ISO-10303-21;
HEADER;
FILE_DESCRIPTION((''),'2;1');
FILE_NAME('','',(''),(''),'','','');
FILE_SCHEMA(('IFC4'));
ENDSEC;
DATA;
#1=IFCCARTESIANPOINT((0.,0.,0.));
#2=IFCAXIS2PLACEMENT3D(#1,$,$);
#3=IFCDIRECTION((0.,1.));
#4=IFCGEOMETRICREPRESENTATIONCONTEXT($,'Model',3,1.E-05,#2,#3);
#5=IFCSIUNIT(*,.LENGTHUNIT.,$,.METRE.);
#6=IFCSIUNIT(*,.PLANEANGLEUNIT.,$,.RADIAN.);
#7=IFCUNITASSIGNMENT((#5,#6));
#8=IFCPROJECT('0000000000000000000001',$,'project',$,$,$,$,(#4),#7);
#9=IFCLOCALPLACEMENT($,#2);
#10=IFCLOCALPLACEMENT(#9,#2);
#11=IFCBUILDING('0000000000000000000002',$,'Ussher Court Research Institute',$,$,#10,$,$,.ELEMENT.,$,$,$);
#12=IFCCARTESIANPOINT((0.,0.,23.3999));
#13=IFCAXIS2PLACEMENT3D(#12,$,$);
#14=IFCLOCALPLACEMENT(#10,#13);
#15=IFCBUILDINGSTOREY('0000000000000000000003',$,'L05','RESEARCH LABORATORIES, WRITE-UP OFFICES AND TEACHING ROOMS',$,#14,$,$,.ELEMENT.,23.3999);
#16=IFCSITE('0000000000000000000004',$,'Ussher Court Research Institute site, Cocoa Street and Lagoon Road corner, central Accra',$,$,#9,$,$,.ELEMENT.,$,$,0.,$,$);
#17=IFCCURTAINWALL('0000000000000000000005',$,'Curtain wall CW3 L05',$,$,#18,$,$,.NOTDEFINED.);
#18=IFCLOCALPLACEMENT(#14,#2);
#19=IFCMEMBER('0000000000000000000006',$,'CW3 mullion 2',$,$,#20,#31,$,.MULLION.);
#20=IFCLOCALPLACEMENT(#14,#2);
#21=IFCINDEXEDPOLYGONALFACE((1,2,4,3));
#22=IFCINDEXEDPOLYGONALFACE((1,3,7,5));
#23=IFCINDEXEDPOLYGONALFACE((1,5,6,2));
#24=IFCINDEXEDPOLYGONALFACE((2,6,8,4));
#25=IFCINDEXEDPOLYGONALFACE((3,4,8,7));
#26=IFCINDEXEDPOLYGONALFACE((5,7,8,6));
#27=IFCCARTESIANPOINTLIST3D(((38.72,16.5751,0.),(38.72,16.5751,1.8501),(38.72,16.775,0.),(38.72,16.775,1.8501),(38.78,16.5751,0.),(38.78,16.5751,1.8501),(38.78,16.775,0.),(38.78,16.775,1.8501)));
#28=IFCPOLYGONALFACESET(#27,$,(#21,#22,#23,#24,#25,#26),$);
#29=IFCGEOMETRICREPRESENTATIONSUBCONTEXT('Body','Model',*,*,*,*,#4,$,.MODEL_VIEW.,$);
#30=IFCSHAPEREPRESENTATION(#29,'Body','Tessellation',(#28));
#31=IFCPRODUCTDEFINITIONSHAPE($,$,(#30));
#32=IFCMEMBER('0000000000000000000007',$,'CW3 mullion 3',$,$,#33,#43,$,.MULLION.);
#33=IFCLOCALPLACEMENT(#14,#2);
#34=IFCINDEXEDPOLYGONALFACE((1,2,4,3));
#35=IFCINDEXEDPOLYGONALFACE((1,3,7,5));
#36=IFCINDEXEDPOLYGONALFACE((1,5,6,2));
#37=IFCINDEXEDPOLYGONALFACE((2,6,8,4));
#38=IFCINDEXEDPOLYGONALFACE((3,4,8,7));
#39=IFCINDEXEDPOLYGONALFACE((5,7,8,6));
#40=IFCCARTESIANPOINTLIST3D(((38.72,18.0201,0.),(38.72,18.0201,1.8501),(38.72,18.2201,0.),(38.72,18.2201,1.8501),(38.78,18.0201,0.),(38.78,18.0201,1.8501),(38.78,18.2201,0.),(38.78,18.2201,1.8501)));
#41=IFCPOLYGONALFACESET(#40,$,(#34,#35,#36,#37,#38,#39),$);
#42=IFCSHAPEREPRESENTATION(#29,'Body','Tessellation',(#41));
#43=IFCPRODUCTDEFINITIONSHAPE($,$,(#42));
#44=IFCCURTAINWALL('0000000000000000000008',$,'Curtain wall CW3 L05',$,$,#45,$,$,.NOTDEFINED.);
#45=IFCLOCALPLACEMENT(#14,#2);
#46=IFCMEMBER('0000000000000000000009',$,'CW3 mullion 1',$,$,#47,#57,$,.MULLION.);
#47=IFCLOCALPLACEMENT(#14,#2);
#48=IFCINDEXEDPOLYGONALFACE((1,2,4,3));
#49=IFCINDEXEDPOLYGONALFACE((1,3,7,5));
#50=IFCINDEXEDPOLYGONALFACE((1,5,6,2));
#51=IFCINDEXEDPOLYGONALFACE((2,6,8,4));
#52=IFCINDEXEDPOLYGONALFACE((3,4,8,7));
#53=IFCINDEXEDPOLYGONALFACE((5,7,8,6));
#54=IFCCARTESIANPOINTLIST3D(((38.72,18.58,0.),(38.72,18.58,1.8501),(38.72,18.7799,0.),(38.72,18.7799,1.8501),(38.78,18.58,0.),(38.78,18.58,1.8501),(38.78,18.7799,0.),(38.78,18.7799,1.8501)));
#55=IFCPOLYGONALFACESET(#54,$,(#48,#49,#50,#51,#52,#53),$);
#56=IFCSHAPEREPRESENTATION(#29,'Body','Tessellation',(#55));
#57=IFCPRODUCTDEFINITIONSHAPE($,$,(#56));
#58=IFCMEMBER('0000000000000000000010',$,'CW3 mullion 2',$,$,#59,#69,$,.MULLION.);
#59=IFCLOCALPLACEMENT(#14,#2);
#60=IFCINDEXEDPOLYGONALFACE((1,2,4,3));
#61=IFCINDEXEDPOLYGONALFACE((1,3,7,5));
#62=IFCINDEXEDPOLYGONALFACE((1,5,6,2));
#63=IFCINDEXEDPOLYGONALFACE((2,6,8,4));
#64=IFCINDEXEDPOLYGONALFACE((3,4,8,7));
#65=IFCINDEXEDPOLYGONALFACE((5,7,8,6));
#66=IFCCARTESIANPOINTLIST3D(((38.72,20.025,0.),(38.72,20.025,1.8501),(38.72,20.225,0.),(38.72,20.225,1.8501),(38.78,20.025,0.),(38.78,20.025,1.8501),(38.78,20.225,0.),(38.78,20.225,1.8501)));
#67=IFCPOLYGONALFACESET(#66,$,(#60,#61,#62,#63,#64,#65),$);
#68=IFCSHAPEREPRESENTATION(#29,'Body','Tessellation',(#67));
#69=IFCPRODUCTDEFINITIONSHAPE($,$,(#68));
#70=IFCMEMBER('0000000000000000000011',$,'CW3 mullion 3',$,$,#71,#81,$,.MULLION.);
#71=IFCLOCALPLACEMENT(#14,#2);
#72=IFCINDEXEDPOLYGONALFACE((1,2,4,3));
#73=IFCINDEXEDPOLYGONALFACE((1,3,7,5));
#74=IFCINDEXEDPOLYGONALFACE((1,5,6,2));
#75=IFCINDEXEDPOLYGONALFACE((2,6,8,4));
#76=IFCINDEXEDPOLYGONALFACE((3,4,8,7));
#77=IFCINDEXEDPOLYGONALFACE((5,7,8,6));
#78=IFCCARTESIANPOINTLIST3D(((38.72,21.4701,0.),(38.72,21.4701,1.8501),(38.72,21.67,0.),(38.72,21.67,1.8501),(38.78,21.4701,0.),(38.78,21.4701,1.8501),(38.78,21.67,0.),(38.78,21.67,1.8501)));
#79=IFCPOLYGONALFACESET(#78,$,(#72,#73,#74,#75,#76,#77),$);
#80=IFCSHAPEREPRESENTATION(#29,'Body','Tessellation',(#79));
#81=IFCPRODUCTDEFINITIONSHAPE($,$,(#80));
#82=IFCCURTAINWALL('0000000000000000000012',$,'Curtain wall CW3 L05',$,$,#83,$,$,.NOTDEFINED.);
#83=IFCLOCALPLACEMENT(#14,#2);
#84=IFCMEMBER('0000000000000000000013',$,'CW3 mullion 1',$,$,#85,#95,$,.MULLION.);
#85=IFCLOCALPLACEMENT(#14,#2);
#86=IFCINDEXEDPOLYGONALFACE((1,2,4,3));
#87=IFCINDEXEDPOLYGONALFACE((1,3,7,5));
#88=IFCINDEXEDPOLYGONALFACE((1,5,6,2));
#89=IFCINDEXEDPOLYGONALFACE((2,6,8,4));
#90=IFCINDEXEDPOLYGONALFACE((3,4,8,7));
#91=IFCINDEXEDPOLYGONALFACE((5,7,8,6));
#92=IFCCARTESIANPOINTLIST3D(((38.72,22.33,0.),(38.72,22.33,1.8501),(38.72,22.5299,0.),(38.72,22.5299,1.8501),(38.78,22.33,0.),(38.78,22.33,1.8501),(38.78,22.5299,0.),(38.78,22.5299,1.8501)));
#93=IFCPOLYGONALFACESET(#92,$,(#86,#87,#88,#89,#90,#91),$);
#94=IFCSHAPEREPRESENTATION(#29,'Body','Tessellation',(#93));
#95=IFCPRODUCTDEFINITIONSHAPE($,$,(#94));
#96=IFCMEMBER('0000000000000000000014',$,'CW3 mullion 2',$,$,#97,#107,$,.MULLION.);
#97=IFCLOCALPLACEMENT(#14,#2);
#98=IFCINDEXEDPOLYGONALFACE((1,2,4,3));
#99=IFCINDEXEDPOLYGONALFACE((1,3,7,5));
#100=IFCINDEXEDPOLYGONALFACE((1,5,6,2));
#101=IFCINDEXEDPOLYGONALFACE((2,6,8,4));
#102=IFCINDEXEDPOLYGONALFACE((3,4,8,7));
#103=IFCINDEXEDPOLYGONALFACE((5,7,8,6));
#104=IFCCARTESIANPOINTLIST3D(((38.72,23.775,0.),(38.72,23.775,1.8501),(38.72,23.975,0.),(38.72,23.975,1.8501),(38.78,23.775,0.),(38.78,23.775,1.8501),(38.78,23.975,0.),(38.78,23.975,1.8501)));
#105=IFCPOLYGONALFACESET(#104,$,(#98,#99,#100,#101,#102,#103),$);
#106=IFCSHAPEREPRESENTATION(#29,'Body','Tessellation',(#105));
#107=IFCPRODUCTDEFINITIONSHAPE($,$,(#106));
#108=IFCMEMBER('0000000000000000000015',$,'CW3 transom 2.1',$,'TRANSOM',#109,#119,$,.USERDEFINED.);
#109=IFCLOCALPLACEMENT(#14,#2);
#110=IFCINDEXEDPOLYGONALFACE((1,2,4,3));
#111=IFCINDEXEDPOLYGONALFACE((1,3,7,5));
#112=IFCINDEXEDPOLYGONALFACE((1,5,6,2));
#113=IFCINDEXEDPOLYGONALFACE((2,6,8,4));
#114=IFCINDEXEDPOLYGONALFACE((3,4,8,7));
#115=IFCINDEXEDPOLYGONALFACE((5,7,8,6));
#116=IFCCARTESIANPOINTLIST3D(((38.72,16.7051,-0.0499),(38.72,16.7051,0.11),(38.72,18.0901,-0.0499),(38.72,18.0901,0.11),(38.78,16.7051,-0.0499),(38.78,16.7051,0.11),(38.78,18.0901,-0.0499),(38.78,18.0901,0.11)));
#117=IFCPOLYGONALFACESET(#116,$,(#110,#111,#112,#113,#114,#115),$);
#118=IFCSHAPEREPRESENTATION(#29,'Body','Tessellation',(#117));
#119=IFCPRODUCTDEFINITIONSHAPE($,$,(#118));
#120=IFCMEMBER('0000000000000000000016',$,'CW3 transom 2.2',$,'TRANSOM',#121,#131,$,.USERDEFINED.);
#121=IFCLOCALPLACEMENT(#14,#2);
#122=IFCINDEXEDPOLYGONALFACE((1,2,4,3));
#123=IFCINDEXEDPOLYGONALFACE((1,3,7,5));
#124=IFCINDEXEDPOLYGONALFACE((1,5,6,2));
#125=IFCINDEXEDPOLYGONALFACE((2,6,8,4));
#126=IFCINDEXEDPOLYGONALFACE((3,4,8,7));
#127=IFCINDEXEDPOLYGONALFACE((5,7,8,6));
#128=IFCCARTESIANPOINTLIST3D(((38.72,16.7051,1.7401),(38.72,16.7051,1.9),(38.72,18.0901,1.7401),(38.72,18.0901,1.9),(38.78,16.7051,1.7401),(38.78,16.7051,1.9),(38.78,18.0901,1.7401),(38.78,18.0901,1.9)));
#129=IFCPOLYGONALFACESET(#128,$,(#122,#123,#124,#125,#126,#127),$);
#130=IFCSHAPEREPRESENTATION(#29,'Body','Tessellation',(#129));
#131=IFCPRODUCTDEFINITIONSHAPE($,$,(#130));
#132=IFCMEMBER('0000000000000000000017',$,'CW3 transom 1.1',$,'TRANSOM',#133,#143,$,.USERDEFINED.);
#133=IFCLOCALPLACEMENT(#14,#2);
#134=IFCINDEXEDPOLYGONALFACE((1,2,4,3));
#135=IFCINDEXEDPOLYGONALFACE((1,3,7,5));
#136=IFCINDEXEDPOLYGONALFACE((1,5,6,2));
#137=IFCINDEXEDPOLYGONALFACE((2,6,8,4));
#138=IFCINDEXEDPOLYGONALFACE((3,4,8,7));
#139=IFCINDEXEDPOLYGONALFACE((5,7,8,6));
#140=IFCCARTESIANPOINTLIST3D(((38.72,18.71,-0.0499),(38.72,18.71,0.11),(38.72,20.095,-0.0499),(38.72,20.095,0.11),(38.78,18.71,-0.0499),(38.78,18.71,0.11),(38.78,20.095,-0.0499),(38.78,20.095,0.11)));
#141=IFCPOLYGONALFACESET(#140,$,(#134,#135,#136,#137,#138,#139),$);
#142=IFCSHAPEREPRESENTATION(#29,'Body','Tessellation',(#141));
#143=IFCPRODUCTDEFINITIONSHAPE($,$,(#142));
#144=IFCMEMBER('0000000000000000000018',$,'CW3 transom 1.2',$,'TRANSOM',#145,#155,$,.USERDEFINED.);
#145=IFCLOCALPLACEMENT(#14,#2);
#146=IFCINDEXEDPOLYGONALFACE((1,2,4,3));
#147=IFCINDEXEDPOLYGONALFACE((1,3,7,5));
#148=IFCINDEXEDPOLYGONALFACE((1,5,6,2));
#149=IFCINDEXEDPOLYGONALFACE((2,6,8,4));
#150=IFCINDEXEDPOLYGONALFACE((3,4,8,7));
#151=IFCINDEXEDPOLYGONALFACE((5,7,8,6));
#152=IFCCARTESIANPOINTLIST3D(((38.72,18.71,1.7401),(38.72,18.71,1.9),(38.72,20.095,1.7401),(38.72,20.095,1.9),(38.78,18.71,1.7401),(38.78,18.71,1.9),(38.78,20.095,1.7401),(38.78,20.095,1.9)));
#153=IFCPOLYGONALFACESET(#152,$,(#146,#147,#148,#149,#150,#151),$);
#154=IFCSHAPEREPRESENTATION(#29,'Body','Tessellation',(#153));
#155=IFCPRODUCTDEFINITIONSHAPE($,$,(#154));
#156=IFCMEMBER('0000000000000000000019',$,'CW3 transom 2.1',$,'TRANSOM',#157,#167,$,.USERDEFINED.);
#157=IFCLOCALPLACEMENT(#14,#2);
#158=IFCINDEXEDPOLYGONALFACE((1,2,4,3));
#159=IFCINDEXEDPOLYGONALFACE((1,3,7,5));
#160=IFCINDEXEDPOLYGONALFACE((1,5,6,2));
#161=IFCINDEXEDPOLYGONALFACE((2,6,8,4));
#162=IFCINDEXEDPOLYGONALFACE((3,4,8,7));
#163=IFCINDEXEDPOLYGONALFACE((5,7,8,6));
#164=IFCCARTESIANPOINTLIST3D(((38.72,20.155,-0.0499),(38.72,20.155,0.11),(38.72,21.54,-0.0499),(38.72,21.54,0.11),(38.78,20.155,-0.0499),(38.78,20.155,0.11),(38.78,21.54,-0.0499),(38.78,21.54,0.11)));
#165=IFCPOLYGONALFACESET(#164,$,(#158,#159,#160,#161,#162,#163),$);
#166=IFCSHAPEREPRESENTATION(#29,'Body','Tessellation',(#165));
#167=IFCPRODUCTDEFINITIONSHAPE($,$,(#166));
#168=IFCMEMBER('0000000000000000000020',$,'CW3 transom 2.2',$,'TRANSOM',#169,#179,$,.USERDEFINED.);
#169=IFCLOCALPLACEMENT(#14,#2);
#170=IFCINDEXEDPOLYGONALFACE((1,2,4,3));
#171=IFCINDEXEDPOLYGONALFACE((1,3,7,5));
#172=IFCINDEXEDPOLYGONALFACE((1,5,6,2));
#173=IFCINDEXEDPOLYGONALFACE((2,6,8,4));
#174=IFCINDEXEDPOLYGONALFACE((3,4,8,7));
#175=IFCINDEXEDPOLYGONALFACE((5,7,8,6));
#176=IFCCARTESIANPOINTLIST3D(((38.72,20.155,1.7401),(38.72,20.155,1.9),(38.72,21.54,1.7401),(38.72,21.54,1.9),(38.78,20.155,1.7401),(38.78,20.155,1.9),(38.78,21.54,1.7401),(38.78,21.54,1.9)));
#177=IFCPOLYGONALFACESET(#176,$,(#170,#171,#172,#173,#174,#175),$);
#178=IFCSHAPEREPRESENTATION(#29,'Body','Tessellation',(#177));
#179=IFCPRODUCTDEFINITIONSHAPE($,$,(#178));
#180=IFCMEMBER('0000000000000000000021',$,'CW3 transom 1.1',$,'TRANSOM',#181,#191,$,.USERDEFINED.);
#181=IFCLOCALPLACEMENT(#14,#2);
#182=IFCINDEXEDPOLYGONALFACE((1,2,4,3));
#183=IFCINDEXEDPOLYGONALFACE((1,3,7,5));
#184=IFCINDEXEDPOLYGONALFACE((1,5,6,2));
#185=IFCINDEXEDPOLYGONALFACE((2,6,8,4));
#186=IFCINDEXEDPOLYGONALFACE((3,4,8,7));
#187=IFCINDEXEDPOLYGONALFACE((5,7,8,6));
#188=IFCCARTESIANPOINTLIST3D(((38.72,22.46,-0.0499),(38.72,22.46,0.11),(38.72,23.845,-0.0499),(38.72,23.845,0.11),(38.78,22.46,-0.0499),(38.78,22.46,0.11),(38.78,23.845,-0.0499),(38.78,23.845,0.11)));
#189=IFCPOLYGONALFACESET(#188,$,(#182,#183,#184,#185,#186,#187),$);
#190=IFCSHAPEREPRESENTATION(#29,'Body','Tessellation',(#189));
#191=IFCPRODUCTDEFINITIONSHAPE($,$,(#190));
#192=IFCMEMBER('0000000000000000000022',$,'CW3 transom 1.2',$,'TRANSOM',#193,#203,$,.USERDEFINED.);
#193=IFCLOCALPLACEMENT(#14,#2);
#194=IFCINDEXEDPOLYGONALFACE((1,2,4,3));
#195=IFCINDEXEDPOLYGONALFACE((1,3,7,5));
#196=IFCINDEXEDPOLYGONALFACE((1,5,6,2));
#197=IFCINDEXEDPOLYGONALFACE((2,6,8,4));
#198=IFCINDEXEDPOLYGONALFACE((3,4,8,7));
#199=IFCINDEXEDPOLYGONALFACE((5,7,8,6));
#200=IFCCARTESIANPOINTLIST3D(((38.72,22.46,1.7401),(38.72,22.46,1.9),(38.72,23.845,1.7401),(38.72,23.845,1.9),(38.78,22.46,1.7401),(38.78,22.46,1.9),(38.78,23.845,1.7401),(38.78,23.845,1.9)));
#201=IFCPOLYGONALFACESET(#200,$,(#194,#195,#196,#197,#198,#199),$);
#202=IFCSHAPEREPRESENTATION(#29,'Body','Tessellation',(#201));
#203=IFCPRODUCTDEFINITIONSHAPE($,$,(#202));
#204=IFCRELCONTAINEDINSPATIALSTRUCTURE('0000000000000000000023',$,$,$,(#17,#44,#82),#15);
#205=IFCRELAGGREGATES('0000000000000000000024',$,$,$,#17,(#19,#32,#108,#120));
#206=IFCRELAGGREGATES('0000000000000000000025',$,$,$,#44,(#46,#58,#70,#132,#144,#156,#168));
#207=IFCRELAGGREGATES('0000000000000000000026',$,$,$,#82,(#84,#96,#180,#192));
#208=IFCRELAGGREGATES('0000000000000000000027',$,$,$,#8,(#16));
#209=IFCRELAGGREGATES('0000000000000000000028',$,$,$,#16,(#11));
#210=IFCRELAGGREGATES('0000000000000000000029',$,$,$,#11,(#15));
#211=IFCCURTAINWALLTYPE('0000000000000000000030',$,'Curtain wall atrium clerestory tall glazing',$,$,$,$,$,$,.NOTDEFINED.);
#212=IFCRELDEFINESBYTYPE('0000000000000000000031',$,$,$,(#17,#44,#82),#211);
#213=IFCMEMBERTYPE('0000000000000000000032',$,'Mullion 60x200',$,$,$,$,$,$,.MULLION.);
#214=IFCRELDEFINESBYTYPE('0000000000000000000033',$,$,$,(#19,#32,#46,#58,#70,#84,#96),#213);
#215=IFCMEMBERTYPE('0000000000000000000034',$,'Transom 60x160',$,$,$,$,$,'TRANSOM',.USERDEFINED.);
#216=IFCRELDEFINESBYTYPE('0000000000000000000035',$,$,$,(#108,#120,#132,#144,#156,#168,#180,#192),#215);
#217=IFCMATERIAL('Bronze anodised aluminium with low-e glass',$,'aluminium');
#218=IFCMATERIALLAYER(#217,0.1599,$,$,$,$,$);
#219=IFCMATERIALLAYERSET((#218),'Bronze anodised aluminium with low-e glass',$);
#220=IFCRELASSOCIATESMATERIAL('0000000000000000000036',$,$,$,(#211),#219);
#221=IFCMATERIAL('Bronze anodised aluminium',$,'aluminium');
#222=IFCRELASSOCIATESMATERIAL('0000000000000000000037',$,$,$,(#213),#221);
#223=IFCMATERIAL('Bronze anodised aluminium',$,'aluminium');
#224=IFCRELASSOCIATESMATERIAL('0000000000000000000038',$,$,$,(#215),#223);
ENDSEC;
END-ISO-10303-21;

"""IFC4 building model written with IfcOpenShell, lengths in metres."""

from ifc_helpers import new_model, si_unit, direction, frame, origin, origin_2d, place, context, subcontext, project, spatial, rectangle, extrude, material, layer, layer_set, material_profile, profile_set, type_object, element, aggregate, save


model = new_model("IFC4")

# Units and contexts
model_context = context("Model", 3, precision=1e-05, world=origin(), true_north=direction((0.0, 1.0)))
body_context = subcontext(model_context, "Body", "Model", "MODEL_VIEW")
ifc_project = project(units=[si_unit("LENGTHUNIT", "METRE"), si_unit("PLANEANGLEUNIT", "RADIAN")], contexts=[model_context])

# Site, building, storey
site_placement = place(None, origin())
site = spatial("IfcSite", under=ifc_project, at=site_placement, Name="Ussher Court Research Institute site, Cocoa Street and Lagoon Road corner, central Accra", CompositionType="ELEMENT", RefElevation=0.0)
building_placement = place(site_placement, origin())
building = spatial("IfcBuilding", under=site, at=building_placement, Name="Ussher Court Research Institute", CompositionType="ELEMENT")
storey_placement = place(building_placement, frame((0.0, 0.0, 23.3999)))
storey = spatial("IfcBuildingStorey", under=building, at=storey_placement, Name="L05", Description="RESEARCH LABORATORIES, WRITE-UP OFFICES AND TEACHING ROOMS", CompositionType="ELEMENT", Elevation=23.3999)

# Curtain walls, members
ifc_material_1 = material(Name="Bronze anodised aluminium with low-e glass", Category="aluminium")
ifc_layer_1 = layer(ifc_material_1, 0.1599)
ifc_layer_set_1 = layer_set([ifc_layer_1], Name="Bronze anodised aluminium with low-e glass")
curtain_wall_type = type_object("IfcCurtainWallType", Name="Curtain wall atrium clerestory tall glazing", PredefinedType="NOTDEFINED", material=ifc_layer_set_1)
curtain_wall_1_placement = place(storey_placement, origin())
curtain_wall_1 = element("IfcCurtainWall", 1, at=curtain_wall_1_placement, inside=storey, type_object=curtain_wall_type, Name="Curtain wall CW3 L05", PredefinedType="NOTDEFINED")
ifc_material_2 = material(Name="Bronze anodised aluminium", Category="aluminium")
ifc_material_profile_1 = material_profile(ifc_material_2, rectangle(XDim=0.0601, YDim=0.2, at=origin_2d()), Name="Mullion 60x200")
ifc_profile_set_1 = profile_set([ifc_material_profile_1], Name="Bronze anodised aluminium")
member_type_1 = type_object("IfcMemberType", Name="Mullion 60x200", PredefinedType="MULLION", material=ifc_profile_set_1)
member_1_placement = place(storey_placement, frame((38.75, 16.675, 0.0), z_axis=(0.0, 0.0, 1.0), x_axis=(-1.0, 0.0, 0.0)))
member_1 = element("IfcMember", 2, at=member_1_placement, type_object=member_type_1, Name="CW3 mullion 2", PredefinedType="MULLION", context=body_context, shape_type="SweptSolid", body=[
    extrude(rectangle(XDim=0.0601, YDim=0.2, at=origin_2d()), origin(), (0.0, 0.0, 1.0), 1.8501),
])
member_2_placement = place(storey_placement, frame((38.75, 18.1201, 0.0), z_axis=(0.0, 0.0, 1.0), x_axis=(-1.0, 0.0, 0.0)))
member_2 = element("IfcMember", 3, at=member_2_placement, type_object=member_type_1, Name="CW3 mullion 3", PredefinedType="MULLION", context=body_context, shape_type="SweptSolid", body=[
    extrude(rectangle(XDim=0.0601, YDim=0.2, at=origin_2d()), origin(), (0.0, 0.0, 1.0), 1.8501),
])
curtain_wall_2_placement = place(storey_placement, origin())
curtain_wall_2 = element("IfcCurtainWall", 4, at=curtain_wall_2_placement, inside=storey, type_object=curtain_wall_type, Name="Curtain wall CW3 L05", PredefinedType="NOTDEFINED")
member_3_placement = place(storey_placement, frame((38.75, 18.6799, 0.0), z_axis=(0.0, 0.0, 1.0), x_axis=(-1.0, 0.0, 0.0)))
member_3 = element("IfcMember", 5, at=member_3_placement, type_object=member_type_1, Name="CW3 mullion 1", PredefinedType="MULLION", context=body_context, shape_type="SweptSolid", body=[
    extrude(rectangle(XDim=0.0601, YDim=0.2, at=origin_2d()), origin(), (0.0, 0.0, 1.0), 1.8501),
])
member_4_placement = place(storey_placement, frame((38.75, 20.125, 0.0), z_axis=(0.0, 0.0, 1.0), x_axis=(-1.0, 0.0, 0.0)))
member_4 = element("IfcMember", 6, at=member_4_placement, type_object=member_type_1, Name="CW3 mullion 2", PredefinedType="MULLION", context=body_context, shape_type="SweptSolid", body=[
    extrude(rectangle(XDim=0.0601, YDim=0.2, at=origin_2d()), origin(), (0.0, 0.0, 1.0), 1.8501),
])
member_5_placement = place(storey_placement, frame((38.75, 21.5701, 0.0), z_axis=(0.0, 0.0, 1.0), x_axis=(-1.0, 0.0, 0.0)))
member_5 = element("IfcMember", 7, at=member_5_placement, type_object=member_type_1, Name="CW3 mullion 3", PredefinedType="MULLION", context=body_context, shape_type="SweptSolid", body=[
    extrude(rectangle(XDim=0.0601, YDim=0.2, at=origin_2d()), origin(), (0.0, 0.0, 1.0), 1.8501),
])
curtain_wall_3_placement = place(storey_placement, origin())
curtain_wall_3 = element("IfcCurtainWall", 8, at=curtain_wall_3_placement, inside=storey, type_object=curtain_wall_type, Name="Curtain wall CW3 L05", PredefinedType="NOTDEFINED")
member_6_placement = place(storey_placement, frame((38.75, 22.4299, 0.0), z_axis=(0.0, 0.0, 1.0), x_axis=(-1.0, 0.0, 0.0)))
member_6 = element("IfcMember", 9, at=member_6_placement, type_object=member_type_1, Name="CW3 mullion 1", PredefinedType="MULLION", context=body_context, shape_type="SweptSolid", body=[
    extrude(rectangle(XDim=0.0601, YDim=0.2, at=origin_2d()), origin(), (0.0, 0.0, 1.0), 1.8501),
])
member_7_placement = place(storey_placement, frame((38.75, 23.875, 0.0), z_axis=(0.0, 0.0, 1.0), x_axis=(-1.0, 0.0, 0.0)))
member_7 = element("IfcMember", 10, at=member_7_placement, type_object=member_type_1, Name="CW3 mullion 2", PredefinedType="MULLION", context=body_context, shape_type="SweptSolid", body=[
    extrude(rectangle(XDim=0.0601, YDim=0.2, at=origin_2d()), origin(), (0.0, 0.0, 1.0), 1.8501),
])

# Members
ifc_material_3 = material(Name="Bronze anodised aluminium", Category="aluminium")
ifc_material_profile_2 = material_profile(ifc_material_3, rectangle(XDim=0.0601, YDim=0.1599, at=origin_2d()), Name="Transom 60x160")
ifc_profile_set_2 = profile_set([ifc_material_profile_2], Name="Bronze anodised aluminium")
member_type_2 = type_object("IfcMemberType", Name="Transom 60x160", ElementType="TRANSOM", PredefinedType="USERDEFINED", material=ifc_profile_set_2)
member_8_placement = place(storey_placement, frame((38.75, 16.7051, 0.03), z_axis=(0.0, 1.0, 0.0), x_axis=(-1.0, 0.0, 0.0)))
member_8 = element("IfcMember", 11, at=member_8_placement, type_object=member_type_2, Name="CW3 transom 2.1", ObjectType="TRANSOM", PredefinedType="USERDEFINED", context=body_context, shape_type="SweptSolid", body=[
    extrude(rectangle(XDim=0.0601, YDim=0.1599, at=origin_2d()), origin(), (0.0, 0.0, 1.0), 1.385),
])
member_9_placement = place(storey_placement, frame((38.75, 16.7051, 1.8201), z_axis=(0.0, 1.0, 0.0), x_axis=(-1.0, 0.0, 0.0)))
member_9 = element("IfcMember", 12, at=member_9_placement, type_object=member_type_2, Name="CW3 transom 2.2", ObjectType="TRANSOM", PredefinedType="USERDEFINED", context=body_context, shape_type="SweptSolid", body=[
    extrude(rectangle(XDim=0.0601, YDim=0.1599, at=origin_2d()), origin(), (0.0, 0.0, 1.0), 1.385),
])
member_10_placement = place(storey_placement, frame((38.75, 18.71, 0.03), z_axis=(0.0, 1.0, 0.0), x_axis=(-1.0, 0.0, 0.0)))
member_10 = element("IfcMember", 13, at=member_10_placement, type_object=member_type_2, Name="CW3 transom 1.1", ObjectType="TRANSOM", PredefinedType="USERDEFINED", context=body_context, shape_type="SweptSolid", body=[
    extrude(rectangle(XDim=0.0601, YDim=0.1599, at=origin_2d()), origin(), (0.0, 0.0, 1.0), 1.385),
])
member_11_placement = place(storey_placement, frame((38.75, 18.71, 1.8201), z_axis=(0.0, 1.0, 0.0), x_axis=(-1.0, 0.0, 0.0)))
member_11 = element("IfcMember", 14, at=member_11_placement, type_object=member_type_2, Name="CW3 transom 1.2", ObjectType="TRANSOM", PredefinedType="USERDEFINED", context=body_context, shape_type="SweptSolid", body=[
    extrude(rectangle(XDim=0.0601, YDim=0.1599, at=origin_2d()), origin(), (0.0, 0.0, 1.0), 1.385),
])
member_12_placement = place(storey_placement, frame((38.75, 20.155, 0.03), z_axis=(0.0, 1.0, 0.0), x_axis=(-1.0, 0.0, 0.0)))
member_12 = element("IfcMember", 15, at=member_12_placement, type_object=member_type_2, Name="CW3 transom 2.1", ObjectType="TRANSOM", PredefinedType="USERDEFINED", context=body_context, shape_type="SweptSolid", body=[
    extrude(rectangle(XDim=0.0601, YDim=0.1599, at=origin_2d()), origin(), (0.0, 0.0, 1.0), 1.385),
])
member_13_placement = place(storey_placement, frame((38.75, 20.155, 1.8201), z_axis=(0.0, 1.0, 0.0), x_axis=(-1.0, 0.0, 0.0)))
member_13 = element("IfcMember", 16, at=member_13_placement, type_object=member_type_2, Name="CW3 transom 2.2", ObjectType="TRANSOM", PredefinedType="USERDEFINED", context=body_context, shape_type="SweptSolid", body=[
    extrude(rectangle(XDim=0.0601, YDim=0.1599, at=origin_2d()), origin(), (0.0, 0.0, 1.0), 1.385),
])
member_14_placement = place(storey_placement, frame((38.75, 22.46, 0.03), z_axis=(0.0, 1.0, 0.0), x_axis=(-1.0, 0.0, 0.0)))
member_14 = element("IfcMember", 17, at=member_14_placement, type_object=member_type_2, Name="CW3 transom 1.1", ObjectType="TRANSOM", PredefinedType="USERDEFINED", context=body_context, shape_type="SweptSolid", body=[
    extrude(rectangle(XDim=0.0601, YDim=0.1599, at=origin_2d()), origin(), (0.0, 0.0, 1.0), 1.385),
])
member_15_placement = place(storey_placement, frame((38.75, 22.46, 1.8201), z_axis=(0.0, 1.0, 0.0), x_axis=(-1.0, 0.0, 0.0)))
member_15 = element("IfcMember", 18, at=member_15_placement, type_object=member_type_2, Name="CW3 transom 1.2", ObjectType="TRANSOM", PredefinedType="USERDEFINED", context=body_context, shape_type="SweptSolid", body=[
    extrude(rectangle(XDim=0.0601, YDim=0.1599, at=origin_2d()), origin(), (0.0, 0.0, 1.0), 1.385),
])

aggregate(curtain_wall_1, [member_1, member_2, member_8, member_9])
aggregate(curtain_wall_2, [member_3, member_4, member_5, member_10, member_11, member_12, member_13])
aggregate(curtain_wall_3, [member_6, member_7, member_14, member_15])

save(model, "model.ifc")
